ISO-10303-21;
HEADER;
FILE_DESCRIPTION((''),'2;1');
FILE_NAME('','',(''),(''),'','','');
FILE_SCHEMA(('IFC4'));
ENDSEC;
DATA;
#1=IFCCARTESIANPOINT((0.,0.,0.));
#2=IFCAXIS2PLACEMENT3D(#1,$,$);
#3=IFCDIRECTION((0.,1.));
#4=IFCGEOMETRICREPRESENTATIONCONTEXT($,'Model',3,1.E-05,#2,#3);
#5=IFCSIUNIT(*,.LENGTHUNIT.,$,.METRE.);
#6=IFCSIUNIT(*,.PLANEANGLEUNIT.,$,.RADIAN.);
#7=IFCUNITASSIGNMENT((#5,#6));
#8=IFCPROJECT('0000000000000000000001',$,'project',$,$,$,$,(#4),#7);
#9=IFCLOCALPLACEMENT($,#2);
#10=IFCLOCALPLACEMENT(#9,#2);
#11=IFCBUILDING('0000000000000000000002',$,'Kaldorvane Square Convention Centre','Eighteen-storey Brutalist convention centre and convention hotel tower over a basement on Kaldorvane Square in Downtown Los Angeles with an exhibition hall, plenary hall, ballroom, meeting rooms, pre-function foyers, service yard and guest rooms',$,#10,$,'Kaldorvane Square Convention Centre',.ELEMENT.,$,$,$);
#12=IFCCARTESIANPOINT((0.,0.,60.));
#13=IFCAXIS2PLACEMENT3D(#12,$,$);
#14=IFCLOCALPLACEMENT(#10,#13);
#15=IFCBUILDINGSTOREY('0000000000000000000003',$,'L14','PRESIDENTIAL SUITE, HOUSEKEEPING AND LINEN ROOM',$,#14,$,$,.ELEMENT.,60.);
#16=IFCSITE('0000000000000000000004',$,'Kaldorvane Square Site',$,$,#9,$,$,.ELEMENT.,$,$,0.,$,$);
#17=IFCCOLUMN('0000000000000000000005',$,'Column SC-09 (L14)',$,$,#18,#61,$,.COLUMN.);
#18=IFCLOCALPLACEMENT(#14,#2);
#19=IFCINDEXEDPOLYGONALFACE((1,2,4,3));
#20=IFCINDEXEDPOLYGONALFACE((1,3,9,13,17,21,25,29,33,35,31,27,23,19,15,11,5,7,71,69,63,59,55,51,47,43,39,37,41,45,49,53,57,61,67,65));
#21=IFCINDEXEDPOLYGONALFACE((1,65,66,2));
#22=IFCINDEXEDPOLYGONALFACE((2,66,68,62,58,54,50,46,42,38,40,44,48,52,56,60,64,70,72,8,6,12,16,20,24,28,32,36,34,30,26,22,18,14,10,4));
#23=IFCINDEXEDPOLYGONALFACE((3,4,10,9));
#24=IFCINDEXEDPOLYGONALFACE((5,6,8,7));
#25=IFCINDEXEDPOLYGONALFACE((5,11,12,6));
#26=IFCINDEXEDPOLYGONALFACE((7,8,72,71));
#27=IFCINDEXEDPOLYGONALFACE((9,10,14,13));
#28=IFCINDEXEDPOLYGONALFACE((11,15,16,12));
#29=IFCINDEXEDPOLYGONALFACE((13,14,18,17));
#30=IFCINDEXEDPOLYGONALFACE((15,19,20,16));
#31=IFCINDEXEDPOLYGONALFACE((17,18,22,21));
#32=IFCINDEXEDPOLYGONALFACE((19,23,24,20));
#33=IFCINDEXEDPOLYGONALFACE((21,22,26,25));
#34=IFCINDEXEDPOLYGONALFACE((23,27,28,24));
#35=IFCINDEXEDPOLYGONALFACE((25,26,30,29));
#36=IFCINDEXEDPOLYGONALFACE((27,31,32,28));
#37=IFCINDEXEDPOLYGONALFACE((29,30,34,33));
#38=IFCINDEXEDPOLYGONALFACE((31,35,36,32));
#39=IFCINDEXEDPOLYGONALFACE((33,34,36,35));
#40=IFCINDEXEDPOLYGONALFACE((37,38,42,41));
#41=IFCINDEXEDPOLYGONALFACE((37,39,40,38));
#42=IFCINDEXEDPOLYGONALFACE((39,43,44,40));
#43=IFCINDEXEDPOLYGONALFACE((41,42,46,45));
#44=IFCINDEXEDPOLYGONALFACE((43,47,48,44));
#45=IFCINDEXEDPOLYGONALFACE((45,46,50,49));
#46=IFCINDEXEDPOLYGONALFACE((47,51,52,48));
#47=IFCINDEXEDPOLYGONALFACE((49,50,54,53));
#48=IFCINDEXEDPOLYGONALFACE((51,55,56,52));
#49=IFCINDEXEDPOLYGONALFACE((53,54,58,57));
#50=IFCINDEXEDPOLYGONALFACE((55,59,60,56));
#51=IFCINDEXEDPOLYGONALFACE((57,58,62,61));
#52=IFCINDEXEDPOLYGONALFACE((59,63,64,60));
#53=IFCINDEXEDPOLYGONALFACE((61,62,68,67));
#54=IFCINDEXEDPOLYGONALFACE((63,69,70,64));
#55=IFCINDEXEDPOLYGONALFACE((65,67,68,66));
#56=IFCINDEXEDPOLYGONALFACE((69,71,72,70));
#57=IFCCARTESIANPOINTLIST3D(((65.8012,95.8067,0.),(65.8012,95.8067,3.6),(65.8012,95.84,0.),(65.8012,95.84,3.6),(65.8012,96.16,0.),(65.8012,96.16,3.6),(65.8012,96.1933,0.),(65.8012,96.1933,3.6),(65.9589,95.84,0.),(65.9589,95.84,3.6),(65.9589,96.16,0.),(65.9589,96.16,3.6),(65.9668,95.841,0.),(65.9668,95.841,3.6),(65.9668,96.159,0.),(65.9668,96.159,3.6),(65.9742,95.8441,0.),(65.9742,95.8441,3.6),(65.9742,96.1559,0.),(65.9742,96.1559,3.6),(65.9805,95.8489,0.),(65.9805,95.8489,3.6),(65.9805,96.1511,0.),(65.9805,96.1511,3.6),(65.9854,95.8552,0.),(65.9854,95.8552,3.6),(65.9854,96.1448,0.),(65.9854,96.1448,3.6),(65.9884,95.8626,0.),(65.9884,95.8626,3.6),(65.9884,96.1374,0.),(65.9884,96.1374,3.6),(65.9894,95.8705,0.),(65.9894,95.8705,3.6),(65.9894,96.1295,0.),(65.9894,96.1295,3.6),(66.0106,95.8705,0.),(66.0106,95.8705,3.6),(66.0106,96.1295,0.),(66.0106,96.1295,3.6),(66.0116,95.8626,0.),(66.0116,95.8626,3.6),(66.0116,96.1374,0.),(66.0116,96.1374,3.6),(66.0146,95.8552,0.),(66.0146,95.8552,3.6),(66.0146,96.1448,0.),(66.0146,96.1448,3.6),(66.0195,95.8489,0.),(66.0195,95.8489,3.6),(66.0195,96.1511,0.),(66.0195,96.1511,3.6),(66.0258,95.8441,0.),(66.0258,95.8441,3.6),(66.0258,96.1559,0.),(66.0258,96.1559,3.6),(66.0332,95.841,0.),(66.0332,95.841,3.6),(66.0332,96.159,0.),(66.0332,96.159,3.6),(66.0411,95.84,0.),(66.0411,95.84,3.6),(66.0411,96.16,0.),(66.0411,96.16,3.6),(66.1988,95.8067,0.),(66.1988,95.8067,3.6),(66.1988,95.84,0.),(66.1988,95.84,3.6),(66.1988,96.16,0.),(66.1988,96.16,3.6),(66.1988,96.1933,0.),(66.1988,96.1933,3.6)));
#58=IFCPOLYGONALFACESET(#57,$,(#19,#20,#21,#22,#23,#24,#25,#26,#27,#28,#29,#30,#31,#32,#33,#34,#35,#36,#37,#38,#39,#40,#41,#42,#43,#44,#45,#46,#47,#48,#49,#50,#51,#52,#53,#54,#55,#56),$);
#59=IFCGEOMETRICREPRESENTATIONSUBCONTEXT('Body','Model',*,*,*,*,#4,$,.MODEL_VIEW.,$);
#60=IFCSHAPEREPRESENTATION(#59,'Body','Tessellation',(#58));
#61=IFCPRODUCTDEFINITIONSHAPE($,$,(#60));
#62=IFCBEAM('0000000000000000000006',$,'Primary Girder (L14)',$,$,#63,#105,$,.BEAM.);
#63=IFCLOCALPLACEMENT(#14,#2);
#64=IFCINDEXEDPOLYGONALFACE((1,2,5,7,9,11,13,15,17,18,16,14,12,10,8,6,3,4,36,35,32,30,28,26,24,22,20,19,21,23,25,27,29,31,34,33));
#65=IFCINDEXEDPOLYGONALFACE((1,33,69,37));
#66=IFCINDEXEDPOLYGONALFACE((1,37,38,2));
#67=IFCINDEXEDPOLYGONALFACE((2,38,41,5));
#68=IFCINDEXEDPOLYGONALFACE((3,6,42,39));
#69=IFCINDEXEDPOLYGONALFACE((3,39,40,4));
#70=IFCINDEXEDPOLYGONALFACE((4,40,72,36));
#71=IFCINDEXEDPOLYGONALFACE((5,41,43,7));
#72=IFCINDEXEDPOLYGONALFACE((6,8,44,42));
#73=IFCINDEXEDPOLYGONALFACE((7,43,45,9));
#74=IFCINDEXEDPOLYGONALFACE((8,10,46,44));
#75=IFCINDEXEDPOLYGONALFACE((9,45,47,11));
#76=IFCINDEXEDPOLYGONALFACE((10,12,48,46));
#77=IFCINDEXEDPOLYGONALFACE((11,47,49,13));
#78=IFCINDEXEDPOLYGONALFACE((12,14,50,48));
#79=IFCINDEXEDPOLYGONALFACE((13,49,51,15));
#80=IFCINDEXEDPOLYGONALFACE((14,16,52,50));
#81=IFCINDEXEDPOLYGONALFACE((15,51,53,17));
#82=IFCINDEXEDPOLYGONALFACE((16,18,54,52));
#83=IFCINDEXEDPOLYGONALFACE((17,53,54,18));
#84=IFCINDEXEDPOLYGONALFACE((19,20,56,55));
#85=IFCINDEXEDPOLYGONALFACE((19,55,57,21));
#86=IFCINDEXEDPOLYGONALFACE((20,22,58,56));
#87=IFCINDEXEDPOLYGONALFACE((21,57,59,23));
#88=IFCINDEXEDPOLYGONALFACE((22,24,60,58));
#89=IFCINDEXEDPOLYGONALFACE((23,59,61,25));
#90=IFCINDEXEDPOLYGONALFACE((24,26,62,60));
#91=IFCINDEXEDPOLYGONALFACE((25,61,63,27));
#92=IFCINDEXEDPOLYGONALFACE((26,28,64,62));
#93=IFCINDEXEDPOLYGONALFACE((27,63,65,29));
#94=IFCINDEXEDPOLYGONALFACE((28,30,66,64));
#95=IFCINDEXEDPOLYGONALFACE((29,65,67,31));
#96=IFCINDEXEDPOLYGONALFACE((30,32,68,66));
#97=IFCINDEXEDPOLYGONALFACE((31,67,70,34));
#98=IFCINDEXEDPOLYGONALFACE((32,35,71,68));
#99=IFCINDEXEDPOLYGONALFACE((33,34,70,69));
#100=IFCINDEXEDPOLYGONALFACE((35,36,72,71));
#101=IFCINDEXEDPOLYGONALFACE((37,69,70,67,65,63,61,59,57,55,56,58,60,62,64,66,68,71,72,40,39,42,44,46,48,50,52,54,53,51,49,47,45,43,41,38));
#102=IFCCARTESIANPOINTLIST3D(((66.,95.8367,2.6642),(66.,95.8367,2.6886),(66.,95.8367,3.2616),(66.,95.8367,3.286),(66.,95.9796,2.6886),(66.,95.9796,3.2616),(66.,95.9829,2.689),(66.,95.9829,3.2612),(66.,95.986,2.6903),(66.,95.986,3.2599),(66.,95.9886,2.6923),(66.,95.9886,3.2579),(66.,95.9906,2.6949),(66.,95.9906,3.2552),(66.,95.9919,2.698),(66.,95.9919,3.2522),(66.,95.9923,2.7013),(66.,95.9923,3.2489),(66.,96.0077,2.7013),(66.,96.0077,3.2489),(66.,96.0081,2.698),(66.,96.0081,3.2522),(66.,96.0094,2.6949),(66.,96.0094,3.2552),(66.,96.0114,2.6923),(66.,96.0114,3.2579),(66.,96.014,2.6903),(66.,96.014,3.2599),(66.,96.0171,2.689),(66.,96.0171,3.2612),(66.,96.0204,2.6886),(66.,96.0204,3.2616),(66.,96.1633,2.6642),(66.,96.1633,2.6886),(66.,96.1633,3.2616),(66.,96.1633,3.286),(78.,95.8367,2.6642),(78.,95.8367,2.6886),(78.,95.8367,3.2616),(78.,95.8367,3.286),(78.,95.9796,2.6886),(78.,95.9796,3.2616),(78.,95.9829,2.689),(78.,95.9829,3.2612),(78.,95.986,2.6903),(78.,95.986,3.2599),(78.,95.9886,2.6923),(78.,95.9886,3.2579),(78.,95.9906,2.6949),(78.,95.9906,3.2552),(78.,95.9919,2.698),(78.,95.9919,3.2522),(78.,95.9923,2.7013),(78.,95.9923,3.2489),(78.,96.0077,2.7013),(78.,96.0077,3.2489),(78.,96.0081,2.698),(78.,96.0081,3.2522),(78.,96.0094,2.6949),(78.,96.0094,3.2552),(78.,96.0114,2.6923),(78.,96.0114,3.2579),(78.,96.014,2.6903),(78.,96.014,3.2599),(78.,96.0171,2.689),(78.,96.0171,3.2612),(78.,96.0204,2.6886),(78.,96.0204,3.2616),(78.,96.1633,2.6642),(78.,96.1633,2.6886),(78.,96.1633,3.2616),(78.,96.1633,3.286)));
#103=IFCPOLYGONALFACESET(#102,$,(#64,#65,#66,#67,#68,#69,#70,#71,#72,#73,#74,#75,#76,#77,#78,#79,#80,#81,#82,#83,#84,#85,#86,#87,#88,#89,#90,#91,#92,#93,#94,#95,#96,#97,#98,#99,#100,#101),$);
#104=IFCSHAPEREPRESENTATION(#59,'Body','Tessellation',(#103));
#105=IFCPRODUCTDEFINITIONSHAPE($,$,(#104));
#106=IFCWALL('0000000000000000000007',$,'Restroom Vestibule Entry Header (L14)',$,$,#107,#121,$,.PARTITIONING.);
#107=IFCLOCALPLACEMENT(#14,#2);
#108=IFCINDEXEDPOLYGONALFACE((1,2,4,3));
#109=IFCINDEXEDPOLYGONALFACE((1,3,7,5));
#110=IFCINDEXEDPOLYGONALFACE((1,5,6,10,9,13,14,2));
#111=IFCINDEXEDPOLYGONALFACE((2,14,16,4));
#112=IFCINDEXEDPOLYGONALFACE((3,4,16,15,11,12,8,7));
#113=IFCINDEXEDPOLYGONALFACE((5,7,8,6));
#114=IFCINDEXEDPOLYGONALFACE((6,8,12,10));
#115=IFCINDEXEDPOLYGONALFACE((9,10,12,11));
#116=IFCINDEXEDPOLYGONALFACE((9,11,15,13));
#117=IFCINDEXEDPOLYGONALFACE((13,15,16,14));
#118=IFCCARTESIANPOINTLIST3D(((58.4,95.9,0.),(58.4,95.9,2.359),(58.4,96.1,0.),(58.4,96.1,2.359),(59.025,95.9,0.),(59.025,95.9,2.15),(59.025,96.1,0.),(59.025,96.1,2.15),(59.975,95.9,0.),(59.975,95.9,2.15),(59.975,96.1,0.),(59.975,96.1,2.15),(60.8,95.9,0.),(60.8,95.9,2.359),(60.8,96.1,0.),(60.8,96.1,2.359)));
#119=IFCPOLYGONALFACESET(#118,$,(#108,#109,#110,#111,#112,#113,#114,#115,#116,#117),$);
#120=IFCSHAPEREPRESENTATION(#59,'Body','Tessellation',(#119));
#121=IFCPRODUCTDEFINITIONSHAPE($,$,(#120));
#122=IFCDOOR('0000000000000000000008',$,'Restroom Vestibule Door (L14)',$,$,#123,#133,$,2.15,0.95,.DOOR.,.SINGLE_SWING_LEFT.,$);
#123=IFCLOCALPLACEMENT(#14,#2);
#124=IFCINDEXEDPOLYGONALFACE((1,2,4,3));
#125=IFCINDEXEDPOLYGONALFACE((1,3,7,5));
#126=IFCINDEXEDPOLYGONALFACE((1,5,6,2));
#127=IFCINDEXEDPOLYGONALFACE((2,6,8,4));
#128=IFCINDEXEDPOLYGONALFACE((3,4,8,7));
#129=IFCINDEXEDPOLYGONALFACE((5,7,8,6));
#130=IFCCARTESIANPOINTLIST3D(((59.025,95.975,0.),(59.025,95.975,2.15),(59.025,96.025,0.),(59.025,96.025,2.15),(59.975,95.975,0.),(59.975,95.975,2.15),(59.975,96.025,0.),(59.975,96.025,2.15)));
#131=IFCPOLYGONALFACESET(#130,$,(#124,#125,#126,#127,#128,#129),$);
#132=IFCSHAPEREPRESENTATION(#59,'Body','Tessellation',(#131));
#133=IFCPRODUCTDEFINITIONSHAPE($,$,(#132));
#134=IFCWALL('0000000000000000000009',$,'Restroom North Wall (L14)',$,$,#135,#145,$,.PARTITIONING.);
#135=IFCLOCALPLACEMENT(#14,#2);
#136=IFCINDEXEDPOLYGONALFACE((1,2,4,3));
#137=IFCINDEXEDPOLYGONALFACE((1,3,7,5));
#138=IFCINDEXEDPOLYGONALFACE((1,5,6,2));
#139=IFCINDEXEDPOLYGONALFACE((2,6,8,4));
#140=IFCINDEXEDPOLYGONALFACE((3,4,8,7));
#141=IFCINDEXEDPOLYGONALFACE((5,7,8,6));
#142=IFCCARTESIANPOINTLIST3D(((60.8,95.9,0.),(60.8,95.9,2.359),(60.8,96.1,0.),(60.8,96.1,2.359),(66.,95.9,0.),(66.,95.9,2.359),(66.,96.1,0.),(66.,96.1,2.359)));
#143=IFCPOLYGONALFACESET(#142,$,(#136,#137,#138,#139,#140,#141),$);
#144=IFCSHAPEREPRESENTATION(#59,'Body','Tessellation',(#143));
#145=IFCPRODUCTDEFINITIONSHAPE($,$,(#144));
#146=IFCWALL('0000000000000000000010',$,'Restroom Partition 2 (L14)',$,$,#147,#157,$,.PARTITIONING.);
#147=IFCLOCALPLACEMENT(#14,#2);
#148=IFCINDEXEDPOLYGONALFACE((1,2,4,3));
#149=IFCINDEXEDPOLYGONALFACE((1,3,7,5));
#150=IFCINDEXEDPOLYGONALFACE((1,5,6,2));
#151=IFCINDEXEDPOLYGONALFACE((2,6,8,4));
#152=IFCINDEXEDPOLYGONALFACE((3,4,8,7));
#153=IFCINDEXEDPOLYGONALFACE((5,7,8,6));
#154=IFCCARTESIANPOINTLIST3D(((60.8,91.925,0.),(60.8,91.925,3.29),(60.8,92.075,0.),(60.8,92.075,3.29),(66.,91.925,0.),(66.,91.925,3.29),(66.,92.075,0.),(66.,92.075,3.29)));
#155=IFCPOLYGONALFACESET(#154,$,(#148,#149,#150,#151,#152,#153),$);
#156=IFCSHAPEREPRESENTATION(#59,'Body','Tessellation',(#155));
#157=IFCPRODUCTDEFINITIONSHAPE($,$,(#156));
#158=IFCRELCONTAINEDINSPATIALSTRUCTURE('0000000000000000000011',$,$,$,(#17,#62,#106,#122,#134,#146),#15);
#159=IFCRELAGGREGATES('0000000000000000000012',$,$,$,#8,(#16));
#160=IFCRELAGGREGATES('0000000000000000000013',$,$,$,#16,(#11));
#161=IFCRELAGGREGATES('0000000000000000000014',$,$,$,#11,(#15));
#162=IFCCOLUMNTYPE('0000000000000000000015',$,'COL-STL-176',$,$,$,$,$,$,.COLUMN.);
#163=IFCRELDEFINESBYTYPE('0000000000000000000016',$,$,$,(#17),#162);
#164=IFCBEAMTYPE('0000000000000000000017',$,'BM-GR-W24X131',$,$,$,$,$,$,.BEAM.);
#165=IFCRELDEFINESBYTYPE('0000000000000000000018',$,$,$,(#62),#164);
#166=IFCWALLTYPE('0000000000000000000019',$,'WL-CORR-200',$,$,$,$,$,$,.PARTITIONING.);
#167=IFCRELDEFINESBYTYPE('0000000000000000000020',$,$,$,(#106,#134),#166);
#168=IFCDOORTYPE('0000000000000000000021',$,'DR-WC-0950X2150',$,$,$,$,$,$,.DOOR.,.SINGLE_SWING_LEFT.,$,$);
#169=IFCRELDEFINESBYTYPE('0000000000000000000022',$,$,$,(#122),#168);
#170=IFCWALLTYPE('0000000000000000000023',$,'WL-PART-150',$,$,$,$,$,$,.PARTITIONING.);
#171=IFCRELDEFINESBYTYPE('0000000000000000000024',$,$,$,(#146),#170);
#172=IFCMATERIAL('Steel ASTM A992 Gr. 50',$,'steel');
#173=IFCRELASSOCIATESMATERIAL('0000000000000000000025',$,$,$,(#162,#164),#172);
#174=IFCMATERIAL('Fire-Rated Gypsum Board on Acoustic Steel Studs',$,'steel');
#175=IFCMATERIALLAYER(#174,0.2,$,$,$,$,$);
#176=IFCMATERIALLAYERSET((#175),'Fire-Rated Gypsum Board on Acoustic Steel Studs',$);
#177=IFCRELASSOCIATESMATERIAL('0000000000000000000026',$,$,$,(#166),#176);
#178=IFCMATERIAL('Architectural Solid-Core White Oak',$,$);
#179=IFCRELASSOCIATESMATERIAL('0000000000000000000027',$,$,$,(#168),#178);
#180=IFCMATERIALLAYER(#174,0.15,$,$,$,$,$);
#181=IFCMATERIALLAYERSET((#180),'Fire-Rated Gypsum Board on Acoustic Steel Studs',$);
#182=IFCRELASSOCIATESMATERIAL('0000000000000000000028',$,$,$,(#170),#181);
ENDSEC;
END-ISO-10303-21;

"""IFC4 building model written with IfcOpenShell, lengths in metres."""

from ifc_helpers import new_model, si_unit, direction, frame, frame_2d, origin, origin_2d, place, context, subcontext, project, spatial, rectangle, i_section, extrude, material, layer, layer_set, material_profile, profile_set, type_object, element, fill, save


model = new_model("IFC4")

# Units and contexts
model_context = context("Model", 3, precision=1e-05, world=origin(), true_north=direction((0.0, 1.0)))
body_context = subcontext(model_context, "Body", "Model", "MODEL_VIEW")
ifc_project = project(units=[si_unit("LENGTHUNIT", "METRE"), si_unit("PLANEANGLEUNIT", "RADIAN")], contexts=[model_context])

# Site, building, storey
site_placement = place(None, origin())
site = spatial("IfcSite", under=ifc_project, at=site_placement, Name="Kaldorvane Square Site", CompositionType="ELEMENT", RefElevation=0.0)
building_placement = place(site_placement, origin())
building = spatial("IfcBuilding", under=site, at=building_placement, Name="Kaldorvane Square Convention Centre", Description="Eighteen-storey Brutalist convention centre and convention hotel tower over a basement on Kaldorvane Square in Downtown Los Angeles with an exhibition hall, plenary hall, ballroom, meeting rooms, pre-function foyers, service yard and guest rooms", LongName="Kaldorvane Square Convention Centre", CompositionType="ELEMENT")
storey_placement = place(building_placement, frame((0.0, 0.0, 60.0)))
storey = spatial("IfcBuildingStorey", under=building, at=storey_placement, Name="L14", Description="PRESIDENTIAL SUITE, HOUSEKEEPING AND LINEN ROOM", CompositionType="ELEMENT", Elevation=60.0)

# Column
ifc_material_1 = material(Name="Steel ASTM A992 Gr. 50", Category="steel")
ifc_material_profile_1 = material_profile(ifc_material_1, i_section(OverallWidth=0.3975, OverallDepth=0.3866, WebThickness=0.0211, FlangeThickness=0.0333, FilletRadius=0.0305, at=origin_2d()), Name="W14X176")
ifc_profile_set_1 = profile_set([ifc_material_profile_1], Name="Steel ASTM A992 Gr. 50")
column_type = type_object("IfcColumnType", Name="COL-STL-176", PredefinedType="COLUMN", material=ifc_profile_set_1)
column_placement = place(storey_placement, frame((66.0, 96.0, 0.0), z_axis=(0.0, 0.0, 1.0), x_axis=(1.0, 0.0, 0.0)))
element("IfcColumn", 1, at=column_placement, inside=storey, type_object=column_type, Name="Column SC-09 (L14)", PredefinedType="COLUMN", context=body_context, shape_type="SweptSolid", body=[
    extrude(i_section(OverallWidth=0.3975, OverallDepth=0.3866, WebThickness=0.0211, FlangeThickness=0.0333, FilletRadius=0.0305, at=origin_2d()), origin(), (0.0, 0.0, 1.0), 3.6),
])

# Beam
ifc_material_profile_2 = material_profile(ifc_material_1, i_section(OverallWidth=0.3265, OverallDepth=0.6218, WebThickness=0.0154, FlangeThickness=0.0244, FilletRadius=0.0127, at=origin_2d()), Name="W24X131")
ifc_profile_set_2 = profile_set([ifc_material_profile_2], Name="Steel ASTM A992 Gr. 50")
beam_type = type_object("IfcBeamType", Name="BM-GR-W24X131", PredefinedType="BEAM", material=ifc_profile_set_2)
beam_placement = place(storey_placement, frame((66.0, 96.0, 2.9751), z_axis=(1.0, 0.0, 0.0), x_axis=(0.0, 1.0, 0.0)))
element("IfcBeam", 2, at=beam_placement, inside=storey, type_object=beam_type, Name="Primary Girder (L14)", PredefinedType="BEAM", context=body_context, shape_type="SweptSolid", body=[
    extrude(i_section(OverallWidth=0.3265, OverallDepth=0.6218, WebThickness=0.0154, FlangeThickness=0.0244, FilletRadius=0.0127, at=origin_2d()), origin(), (0.0, 0.0, 1.0), 12.0),
])

# Wall, opening, door
ifc_material_2 = material(Name="Fire-Rated Gypsum Board on Acoustic Steel Studs", Category="steel")
ifc_layer_1 = layer(ifc_material_2, 0.2)
ifc_layer_set_1 = layer_set([ifc_layer_1], Name="Fire-Rated Gypsum Board on Acoustic Steel Studs")
wall_type_1 = type_object("IfcWallType", Name="WL-CORR-200", PredefinedType="PARTITIONING", material=ifc_layer_set_1)
wall_1_placement = place(storey_placement, frame((58.4, 96.0, 0.0), z_axis=(0.0, 0.0, 1.0), x_axis=(1.0, 0.0, 0.0)))
wall_1 = element("IfcWall", 3, at=wall_1_placement, inside=storey, type_object=wall_type_1, Name="Restroom Vestibule Entry Header (L14)", PredefinedType="PARTITIONING", context=body_context, shape_type="SweptSolid", body=[
    extrude(rectangle(XDim=2.4, YDim=0.2, at=frame_2d((1.2, 0.0))), origin(), (0.0, 0.0, 1.0), 2.359),
])
opening_1_placement = place(wall_1_placement, frame((0.625, 0.0, 0.0)))
opening_1 = element("IfcOpeningElement", 4, at=opening_1_placement, cuts=wall_1, PredefinedType="OPENING", context=body_context, shape_type="SweptSolid", body=[
    extrude(rectangle(XDim=0.95, YDim=2.15, at=frame_2d((0.475, 1.075))), frame((0.0, 0.115, 0.0), z_axis=(0.0, -1.0, 0.0), x_axis=(1.0, 0.0, 0.0)), (0.0, 0.0, 1.0), 0.23),
])
ifc_material_3 = material(Name="Architectural Solid-Core White Oak")
door_type_1 = type_object("IfcDoorType", Name="DR-WC-0950X2150", OperationType="SINGLE_SWING_LEFT", PredefinedType="DOOR", material=ifc_material_3)
door_1_placement = place(opening_1_placement, origin())
door_1 = element("IfcDoor", 5, at=door_1_placement, inside=storey, type_object=door_type_1, Name="Restroom Vestibule Door (L14)", OperationType="SINGLE_SWING_LEFT", OverallHeight=2.15, OverallWidth=0.95, PredefinedType="DOOR", context=body_context, shape_type="SweptSolid", body=[
    extrude(rectangle(XDim=0.95, YDim=2.15, at=frame_2d((0.475, 1.075))), frame((0.0, 0.025, 0.0), z_axis=(0.0, -1.0, 0.0), x_axis=(1.0, 0.0, 0.0)), (0.0, 0.0, 1.0), 0.05),
])
fill(opening_1, door_1)

# Walls
wall_2_placement = place(storey_placement, frame((60.8, 96.0, 0.0), z_axis=(0.0, 0.0, 1.0), x_axis=(1.0, 0.0, 0.0)))
element("IfcWall", 6, at=wall_2_placement, inside=storey, type_object=wall_type_1, Name="Restroom North Wall (L14)", PredefinedType="PARTITIONING", context=body_context, shape_type="SweptSolid", body=[
    extrude(rectangle(XDim=5.2, YDim=0.2, at=frame_2d((2.6, 0.0))), origin(), (0.0, 0.0, 1.0), 2.359),
])
ifc_layer_2 = layer(ifc_material_2, 0.15)
ifc_layer_set_2 = layer_set([ifc_layer_2], Name="Fire-Rated Gypsum Board on Acoustic Steel Studs")
wall_type_2 = type_object("IfcWallType", Name="WL-PART-150", PredefinedType="PARTITIONING", material=ifc_layer_set_2)
wall_3_placement = place(storey_placement, frame((60.8, 92.0, 0.0), z_axis=(0.0, 0.0, 1.0), x_axis=(1.0, 0.0, 0.0)))
element("IfcWall", 7, at=wall_3_placement, inside=storey, type_object=wall_type_2, Name="Restroom Partition 2 (L14)", PredefinedType="PARTITIONING", context=body_context, shape_type="SweptSolid", body=[
    extrude(rectangle(XDim=5.2, YDim=0.15, at=frame_2d((2.6, 0.0))), origin(), (0.0, 0.0, 1.0), 3.29),
])

save(model, "model.ifc")
